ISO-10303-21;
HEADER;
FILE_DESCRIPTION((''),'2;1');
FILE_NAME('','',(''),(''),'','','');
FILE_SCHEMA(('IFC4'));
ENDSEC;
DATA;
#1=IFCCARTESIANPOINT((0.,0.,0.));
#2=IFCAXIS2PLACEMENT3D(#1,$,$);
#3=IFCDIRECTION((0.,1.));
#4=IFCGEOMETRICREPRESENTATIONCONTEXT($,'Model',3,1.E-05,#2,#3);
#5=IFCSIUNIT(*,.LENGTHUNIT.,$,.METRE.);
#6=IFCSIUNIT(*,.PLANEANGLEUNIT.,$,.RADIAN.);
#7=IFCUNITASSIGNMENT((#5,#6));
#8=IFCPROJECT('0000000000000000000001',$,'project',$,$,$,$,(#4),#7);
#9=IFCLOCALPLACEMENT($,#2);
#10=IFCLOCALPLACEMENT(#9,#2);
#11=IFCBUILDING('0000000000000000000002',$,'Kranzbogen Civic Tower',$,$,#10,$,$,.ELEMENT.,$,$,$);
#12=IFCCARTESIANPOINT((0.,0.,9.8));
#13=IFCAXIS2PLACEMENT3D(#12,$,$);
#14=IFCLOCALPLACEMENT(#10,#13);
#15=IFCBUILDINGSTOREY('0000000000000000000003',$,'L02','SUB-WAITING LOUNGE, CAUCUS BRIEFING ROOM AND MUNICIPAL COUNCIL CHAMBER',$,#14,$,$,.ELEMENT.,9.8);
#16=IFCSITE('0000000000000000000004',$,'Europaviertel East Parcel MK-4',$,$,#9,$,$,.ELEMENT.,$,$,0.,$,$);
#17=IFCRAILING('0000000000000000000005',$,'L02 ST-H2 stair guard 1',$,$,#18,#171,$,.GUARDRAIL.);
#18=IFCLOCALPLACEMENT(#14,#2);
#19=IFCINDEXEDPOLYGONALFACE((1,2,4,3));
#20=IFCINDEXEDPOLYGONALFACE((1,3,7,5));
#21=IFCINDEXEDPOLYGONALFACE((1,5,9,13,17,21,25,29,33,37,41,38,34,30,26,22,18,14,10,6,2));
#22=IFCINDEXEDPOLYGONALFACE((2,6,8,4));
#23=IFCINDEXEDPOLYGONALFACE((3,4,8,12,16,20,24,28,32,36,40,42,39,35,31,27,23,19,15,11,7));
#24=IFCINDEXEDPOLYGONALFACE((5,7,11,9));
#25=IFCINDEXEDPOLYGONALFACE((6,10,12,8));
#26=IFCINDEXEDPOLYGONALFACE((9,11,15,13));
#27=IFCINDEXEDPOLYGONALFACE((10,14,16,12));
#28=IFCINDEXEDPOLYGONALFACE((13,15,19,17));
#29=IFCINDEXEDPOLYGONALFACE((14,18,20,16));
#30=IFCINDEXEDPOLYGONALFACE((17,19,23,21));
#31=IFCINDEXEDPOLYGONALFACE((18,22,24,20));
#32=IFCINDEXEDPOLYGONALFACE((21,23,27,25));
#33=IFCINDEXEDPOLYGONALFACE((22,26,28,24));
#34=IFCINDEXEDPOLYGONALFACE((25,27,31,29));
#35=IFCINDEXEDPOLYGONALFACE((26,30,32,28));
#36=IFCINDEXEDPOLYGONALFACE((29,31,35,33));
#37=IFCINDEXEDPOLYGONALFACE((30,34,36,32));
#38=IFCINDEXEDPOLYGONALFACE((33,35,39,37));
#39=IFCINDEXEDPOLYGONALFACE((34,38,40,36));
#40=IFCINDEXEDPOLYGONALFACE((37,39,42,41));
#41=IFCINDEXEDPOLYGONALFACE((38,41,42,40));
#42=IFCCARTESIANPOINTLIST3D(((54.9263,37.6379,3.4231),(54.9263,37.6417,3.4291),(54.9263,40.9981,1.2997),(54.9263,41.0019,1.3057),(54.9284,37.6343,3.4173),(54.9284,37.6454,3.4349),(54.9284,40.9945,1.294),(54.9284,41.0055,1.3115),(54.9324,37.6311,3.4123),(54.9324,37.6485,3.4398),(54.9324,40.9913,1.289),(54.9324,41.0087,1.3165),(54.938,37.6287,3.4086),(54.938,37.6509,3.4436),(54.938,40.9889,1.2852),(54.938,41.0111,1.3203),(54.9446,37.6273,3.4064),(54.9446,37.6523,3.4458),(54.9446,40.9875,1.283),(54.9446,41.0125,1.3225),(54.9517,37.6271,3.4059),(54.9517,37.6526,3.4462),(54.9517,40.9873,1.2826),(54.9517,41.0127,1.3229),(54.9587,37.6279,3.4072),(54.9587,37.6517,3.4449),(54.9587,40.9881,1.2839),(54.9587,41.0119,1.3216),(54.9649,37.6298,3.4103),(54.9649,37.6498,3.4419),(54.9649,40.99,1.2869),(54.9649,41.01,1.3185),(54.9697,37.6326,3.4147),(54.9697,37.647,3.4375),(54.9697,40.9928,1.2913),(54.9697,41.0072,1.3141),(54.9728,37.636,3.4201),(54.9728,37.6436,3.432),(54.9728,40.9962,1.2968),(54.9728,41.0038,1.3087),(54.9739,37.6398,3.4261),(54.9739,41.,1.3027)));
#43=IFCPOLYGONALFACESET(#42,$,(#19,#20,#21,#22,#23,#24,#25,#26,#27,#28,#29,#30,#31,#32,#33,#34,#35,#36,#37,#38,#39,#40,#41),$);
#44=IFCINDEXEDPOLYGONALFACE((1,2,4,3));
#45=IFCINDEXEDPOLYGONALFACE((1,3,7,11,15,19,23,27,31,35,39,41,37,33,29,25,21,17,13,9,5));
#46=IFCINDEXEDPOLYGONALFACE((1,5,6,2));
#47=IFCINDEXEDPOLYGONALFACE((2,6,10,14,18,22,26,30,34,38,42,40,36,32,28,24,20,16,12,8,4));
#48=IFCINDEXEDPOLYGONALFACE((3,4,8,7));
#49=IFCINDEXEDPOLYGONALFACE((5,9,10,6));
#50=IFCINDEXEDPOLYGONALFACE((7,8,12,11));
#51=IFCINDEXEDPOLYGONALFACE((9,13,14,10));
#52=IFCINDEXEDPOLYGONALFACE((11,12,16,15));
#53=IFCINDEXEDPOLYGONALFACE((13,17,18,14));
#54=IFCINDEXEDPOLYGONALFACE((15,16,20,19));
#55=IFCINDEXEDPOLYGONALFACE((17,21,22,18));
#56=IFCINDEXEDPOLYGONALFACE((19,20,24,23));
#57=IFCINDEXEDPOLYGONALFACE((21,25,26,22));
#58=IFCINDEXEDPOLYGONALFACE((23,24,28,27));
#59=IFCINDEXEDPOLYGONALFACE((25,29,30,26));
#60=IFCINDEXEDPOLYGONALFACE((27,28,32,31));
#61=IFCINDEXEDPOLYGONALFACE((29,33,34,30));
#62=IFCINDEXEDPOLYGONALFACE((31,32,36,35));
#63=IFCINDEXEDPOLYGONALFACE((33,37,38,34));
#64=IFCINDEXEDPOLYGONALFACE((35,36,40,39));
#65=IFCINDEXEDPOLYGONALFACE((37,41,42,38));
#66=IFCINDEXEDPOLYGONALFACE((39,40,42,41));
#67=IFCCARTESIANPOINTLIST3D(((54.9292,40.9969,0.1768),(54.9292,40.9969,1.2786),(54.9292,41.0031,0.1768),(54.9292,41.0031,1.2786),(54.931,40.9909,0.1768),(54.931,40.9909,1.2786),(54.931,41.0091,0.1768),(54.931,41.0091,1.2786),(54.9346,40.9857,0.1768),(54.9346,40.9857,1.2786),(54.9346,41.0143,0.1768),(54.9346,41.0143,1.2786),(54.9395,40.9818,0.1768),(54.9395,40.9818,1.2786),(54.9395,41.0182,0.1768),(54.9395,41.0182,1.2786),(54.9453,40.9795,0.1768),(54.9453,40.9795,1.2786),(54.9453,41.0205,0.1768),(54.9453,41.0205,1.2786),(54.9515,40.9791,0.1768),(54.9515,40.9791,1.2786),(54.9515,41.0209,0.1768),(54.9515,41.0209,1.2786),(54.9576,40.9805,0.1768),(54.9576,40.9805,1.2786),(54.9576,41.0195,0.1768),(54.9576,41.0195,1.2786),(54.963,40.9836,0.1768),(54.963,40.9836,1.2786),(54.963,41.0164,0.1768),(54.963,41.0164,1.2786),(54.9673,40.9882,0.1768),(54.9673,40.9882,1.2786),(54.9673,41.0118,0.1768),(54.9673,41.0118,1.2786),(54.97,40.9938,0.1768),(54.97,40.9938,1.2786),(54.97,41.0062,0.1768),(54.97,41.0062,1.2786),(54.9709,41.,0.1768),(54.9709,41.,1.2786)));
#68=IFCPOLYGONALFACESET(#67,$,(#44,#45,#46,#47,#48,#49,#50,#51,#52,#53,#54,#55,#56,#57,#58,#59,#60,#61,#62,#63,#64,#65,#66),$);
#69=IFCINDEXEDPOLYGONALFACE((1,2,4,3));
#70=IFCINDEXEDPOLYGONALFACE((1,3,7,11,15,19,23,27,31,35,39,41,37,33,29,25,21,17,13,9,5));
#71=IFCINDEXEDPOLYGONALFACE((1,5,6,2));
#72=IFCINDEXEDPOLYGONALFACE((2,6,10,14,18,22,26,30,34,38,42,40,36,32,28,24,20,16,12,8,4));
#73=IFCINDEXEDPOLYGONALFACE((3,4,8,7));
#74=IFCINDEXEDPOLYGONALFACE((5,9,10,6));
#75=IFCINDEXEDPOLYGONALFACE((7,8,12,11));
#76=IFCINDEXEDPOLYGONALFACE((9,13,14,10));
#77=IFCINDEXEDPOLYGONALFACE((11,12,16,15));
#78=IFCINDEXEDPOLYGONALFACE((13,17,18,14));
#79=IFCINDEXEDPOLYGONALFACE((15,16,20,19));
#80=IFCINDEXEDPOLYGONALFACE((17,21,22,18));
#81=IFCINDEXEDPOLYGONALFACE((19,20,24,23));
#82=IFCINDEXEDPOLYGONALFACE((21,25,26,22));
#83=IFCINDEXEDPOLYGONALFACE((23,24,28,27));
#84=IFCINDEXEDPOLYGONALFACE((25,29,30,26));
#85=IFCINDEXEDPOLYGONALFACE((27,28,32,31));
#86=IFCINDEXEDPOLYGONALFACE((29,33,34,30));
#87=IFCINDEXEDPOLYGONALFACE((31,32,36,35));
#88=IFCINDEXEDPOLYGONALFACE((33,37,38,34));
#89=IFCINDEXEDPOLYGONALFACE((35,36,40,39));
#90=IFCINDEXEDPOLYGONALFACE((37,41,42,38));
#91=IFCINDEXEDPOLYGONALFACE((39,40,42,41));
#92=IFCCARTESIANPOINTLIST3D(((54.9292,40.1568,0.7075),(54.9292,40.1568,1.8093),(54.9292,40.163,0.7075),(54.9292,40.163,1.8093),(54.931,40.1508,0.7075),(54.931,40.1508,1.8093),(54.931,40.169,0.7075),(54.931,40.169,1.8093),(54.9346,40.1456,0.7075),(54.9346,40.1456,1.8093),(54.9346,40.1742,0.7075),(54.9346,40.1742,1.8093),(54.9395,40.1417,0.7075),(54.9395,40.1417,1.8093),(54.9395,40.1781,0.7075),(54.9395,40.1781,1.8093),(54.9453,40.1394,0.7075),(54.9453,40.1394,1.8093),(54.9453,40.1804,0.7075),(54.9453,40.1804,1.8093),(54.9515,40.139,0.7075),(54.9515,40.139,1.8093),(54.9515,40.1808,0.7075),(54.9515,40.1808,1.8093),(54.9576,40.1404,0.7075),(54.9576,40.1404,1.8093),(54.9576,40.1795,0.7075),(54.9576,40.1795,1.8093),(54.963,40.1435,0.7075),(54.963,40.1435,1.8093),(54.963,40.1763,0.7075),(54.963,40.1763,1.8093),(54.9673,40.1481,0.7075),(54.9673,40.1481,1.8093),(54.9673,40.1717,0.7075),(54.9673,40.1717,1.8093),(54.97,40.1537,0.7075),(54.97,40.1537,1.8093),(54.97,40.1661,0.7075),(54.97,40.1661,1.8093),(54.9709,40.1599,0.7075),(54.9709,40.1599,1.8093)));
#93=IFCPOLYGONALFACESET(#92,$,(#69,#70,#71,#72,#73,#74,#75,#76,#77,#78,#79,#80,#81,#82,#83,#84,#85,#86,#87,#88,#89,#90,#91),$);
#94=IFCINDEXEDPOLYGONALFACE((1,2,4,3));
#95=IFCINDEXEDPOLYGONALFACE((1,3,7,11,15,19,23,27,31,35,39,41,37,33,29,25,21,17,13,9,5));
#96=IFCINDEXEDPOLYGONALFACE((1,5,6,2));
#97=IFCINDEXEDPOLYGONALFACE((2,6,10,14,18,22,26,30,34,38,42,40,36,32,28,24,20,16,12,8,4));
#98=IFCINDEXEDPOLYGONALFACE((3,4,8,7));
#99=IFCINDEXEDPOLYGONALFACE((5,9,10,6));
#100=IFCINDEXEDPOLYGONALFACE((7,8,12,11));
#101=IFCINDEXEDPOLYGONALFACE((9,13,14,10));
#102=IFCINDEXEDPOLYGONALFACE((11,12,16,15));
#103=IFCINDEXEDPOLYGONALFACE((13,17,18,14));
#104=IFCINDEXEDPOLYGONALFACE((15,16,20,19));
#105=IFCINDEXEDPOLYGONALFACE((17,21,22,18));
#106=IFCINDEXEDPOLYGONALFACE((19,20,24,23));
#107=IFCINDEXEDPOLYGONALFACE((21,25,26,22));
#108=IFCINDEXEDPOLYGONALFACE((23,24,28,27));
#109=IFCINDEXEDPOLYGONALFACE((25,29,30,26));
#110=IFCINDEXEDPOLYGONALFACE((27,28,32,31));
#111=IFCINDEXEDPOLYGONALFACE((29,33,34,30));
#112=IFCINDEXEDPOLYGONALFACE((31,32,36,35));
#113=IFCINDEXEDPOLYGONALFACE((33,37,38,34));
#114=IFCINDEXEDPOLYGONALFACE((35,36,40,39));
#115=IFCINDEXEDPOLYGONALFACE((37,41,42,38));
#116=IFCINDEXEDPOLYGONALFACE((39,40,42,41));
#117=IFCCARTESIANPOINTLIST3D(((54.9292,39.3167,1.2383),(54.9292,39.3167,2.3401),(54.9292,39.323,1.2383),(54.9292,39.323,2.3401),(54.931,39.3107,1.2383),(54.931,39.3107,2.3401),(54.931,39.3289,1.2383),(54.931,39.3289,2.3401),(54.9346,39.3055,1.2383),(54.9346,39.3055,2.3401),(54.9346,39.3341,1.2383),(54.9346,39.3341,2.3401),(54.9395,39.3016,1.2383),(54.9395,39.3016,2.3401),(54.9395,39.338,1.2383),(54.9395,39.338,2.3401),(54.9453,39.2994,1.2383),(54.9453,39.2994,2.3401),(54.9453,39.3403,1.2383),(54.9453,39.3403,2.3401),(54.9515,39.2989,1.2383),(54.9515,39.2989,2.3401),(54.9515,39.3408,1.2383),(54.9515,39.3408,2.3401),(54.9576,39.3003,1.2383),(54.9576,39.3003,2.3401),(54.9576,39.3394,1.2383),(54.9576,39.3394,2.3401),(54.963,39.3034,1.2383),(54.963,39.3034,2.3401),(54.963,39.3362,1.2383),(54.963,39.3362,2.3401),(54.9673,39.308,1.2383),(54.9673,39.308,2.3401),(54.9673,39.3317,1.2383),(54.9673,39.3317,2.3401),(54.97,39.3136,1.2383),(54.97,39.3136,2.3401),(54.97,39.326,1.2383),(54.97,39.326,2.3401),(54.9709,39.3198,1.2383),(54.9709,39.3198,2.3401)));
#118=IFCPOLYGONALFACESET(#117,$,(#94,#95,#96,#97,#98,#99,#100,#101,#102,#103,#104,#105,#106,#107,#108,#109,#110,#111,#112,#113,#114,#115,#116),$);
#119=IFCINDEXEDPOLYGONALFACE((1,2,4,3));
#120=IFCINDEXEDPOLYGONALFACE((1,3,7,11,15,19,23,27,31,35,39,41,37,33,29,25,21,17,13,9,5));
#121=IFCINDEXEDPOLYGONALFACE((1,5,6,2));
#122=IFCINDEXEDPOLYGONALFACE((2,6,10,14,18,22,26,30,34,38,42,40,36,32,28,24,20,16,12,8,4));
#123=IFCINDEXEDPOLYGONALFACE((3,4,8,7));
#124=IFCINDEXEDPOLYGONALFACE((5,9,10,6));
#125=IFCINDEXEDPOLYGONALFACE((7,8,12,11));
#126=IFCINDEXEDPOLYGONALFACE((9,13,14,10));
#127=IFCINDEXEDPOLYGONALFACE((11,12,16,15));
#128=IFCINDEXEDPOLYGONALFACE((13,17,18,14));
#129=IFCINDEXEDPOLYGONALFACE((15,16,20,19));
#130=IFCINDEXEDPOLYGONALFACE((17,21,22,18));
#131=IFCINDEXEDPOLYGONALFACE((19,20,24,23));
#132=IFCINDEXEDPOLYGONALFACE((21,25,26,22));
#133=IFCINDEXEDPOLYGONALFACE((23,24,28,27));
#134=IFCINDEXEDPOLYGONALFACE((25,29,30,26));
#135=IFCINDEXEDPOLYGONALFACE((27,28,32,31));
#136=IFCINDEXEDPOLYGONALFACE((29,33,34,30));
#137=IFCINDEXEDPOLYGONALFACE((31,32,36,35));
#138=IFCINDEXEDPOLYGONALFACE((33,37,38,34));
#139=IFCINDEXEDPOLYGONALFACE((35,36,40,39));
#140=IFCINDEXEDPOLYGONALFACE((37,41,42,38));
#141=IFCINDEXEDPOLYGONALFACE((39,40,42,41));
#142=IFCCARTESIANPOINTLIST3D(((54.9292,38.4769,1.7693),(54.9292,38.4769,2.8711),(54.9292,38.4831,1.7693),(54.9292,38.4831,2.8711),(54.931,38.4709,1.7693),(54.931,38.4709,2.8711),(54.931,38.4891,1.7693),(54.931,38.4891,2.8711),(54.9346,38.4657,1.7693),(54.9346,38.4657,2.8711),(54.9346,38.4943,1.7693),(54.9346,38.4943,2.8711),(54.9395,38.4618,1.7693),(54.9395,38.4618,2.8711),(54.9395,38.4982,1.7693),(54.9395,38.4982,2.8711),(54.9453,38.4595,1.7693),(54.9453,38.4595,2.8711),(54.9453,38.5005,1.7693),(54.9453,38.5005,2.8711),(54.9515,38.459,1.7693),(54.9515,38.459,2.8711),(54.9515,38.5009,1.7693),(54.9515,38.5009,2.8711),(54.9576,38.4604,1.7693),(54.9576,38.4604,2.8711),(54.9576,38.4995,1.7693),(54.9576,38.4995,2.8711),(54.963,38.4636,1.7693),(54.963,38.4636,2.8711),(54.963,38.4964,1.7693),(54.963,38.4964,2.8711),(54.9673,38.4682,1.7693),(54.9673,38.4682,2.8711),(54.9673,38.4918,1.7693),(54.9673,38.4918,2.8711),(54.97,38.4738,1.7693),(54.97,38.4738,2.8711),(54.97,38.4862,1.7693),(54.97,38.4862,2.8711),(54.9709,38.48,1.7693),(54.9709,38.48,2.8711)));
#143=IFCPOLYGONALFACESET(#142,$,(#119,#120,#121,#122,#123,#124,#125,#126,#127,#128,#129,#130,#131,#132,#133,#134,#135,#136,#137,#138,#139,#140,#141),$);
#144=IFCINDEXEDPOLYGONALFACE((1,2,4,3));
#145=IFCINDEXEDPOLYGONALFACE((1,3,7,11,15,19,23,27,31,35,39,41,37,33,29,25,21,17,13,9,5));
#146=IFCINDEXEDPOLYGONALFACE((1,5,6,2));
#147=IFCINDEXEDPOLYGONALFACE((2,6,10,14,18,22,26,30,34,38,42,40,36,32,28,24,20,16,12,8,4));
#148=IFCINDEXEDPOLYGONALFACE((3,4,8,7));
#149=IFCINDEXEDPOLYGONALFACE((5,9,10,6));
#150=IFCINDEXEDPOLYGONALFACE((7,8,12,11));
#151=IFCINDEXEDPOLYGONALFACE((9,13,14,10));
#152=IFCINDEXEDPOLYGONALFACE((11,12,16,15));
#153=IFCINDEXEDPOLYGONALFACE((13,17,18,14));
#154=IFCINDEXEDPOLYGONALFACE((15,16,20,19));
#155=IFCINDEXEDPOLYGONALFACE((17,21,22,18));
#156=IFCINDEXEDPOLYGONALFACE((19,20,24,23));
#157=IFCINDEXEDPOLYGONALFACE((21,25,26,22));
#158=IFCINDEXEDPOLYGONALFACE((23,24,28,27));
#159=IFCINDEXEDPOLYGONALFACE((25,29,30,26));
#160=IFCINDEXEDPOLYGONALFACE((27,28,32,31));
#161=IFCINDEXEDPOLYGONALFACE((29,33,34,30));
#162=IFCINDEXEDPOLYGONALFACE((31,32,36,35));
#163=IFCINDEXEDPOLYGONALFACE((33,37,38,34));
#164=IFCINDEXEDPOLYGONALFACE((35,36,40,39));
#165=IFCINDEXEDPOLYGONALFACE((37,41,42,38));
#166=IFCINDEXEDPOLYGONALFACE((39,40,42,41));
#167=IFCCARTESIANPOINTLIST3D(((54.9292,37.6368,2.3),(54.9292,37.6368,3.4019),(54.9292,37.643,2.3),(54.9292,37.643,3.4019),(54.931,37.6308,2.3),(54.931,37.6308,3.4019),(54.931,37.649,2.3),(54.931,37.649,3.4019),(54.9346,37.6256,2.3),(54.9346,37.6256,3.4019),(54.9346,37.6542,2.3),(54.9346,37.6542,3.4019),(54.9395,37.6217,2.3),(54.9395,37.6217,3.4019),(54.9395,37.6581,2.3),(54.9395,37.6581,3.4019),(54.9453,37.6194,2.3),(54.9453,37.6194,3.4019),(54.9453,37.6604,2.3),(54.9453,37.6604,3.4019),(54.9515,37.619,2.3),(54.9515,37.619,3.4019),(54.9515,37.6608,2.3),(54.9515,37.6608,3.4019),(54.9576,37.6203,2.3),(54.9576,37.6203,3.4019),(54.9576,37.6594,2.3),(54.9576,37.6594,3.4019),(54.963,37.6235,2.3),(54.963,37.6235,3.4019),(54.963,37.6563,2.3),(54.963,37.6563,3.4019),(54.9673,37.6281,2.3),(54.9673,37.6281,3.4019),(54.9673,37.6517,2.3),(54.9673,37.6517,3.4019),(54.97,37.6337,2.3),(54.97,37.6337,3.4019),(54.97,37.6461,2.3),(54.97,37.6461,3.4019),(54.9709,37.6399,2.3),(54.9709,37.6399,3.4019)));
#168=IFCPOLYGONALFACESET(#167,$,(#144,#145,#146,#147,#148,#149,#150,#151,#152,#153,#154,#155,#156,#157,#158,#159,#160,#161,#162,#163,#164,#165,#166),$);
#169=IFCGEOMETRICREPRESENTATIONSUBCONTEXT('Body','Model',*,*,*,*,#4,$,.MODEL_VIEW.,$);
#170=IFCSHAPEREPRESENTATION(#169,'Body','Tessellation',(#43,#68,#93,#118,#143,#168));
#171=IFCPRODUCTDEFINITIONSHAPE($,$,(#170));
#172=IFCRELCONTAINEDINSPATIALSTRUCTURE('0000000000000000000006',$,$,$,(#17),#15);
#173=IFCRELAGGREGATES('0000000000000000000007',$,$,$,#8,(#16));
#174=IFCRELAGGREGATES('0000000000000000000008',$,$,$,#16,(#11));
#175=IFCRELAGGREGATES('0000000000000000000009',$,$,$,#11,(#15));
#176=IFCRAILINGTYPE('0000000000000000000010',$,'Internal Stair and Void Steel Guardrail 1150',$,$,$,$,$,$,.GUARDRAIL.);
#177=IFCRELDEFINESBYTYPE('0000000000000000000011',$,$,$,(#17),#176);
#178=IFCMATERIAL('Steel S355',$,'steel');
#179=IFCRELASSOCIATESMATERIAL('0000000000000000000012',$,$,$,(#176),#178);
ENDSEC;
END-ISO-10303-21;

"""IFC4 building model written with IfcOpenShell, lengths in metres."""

from ifc_helpers import new_model, si_unit, direction, frame, origin, origin_2d, place, context, subcontext, project, spatial, circle, extrude, material, type_object, element, save


model = new_model("IFC4")

# Units and contexts
model_context = context("Model", 3, precision=1e-05, world=origin(), true_north=direction((0.0, 1.0)))
body_context = subcontext(model_context, "Body", "Model", "MODEL_VIEW")
ifc_project = project(units=[si_unit("LENGTHUNIT", "METRE"), si_unit("PLANEANGLEUNIT", "RADIAN")], contexts=[model_context])

# Site, building, storey
site_placement = place(None, origin())
site = spatial("IfcSite", under=ifc_project, at=site_placement, Name="Europaviertel East Parcel MK-4", CompositionType="ELEMENT", RefElevation=0.0)
building_placement = place(site_placement, origin())
building = spatial("IfcBuilding", under=site, at=building_placement, Name="Kranzbogen Civic Tower", CompositionType="ELEMENT")
storey_placement = place(building_placement, frame((0.0, 0.0, 9.8)))
storey = spatial("IfcBuildingStorey", under=building, at=storey_placement, Name="L02", Description="SUB-WAITING LOUNGE, CAUCUS BRIEFING ROOM AND MUNICIPAL COUNCIL CHAMBER", CompositionType="ELEMENT", Elevation=9.8)

# Shared definitions
ifc_material_1 = material(Name="Steel S355", Category="steel")

# Railing
railing_type_1 = type_object("IfcRailingType", Name="Internal Stair and Void Steel Guardrail 1150", PredefinedType="GUARDRAIL", material=ifc_material_1)
railing_1_placement = place(storey_placement, frame((54.95, 41.0, 0.1768)))
element("IfcRailing", 1, at=railing_1_placement, inside=storey, type_object=railing_type_1, Name="L02 ST-H2 stair guard 1", PredefinedType="GUARDRAIL", context=body_context, shape_type="SweptSolid", body=[
    extrude(circle(Radius=0.0239, at=origin_2d()), frame((0.0, 0.0, 1.126), z_axis=(0.0, -0.845362, 0.534194), x_axis=(1.0, 0.0, 0.0)), (0.0, 0.0, 1.0), 3.9749),
    extrude(circle(Radius=0.021, at=origin_2d()), origin(), (0.0, 0.0, 1.0), 1.1018),
    extrude(circle(Radius=0.021, at=origin_2d()), frame((0.0, -0.8401, 0.5308)), (0.0, 0.0, 1.0), 1.1018),
    extrude(circle(Radius=0.021, at=origin_2d()), frame((0.0, -1.6802, 1.0615)), (0.0, 0.0, 1.0), 1.1018),
    extrude(circle(Radius=0.021, at=origin_2d()), frame((0.0, -2.52, 1.5925)), (0.0, 0.0, 1.0), 1.1018),
    extrude(circle(Radius=0.021, at=origin_2d()), frame((0.0, -3.3601, 2.1233)), (0.0, 0.0, 1.0), 1.1018),
])

save(model, "model.ifc")
